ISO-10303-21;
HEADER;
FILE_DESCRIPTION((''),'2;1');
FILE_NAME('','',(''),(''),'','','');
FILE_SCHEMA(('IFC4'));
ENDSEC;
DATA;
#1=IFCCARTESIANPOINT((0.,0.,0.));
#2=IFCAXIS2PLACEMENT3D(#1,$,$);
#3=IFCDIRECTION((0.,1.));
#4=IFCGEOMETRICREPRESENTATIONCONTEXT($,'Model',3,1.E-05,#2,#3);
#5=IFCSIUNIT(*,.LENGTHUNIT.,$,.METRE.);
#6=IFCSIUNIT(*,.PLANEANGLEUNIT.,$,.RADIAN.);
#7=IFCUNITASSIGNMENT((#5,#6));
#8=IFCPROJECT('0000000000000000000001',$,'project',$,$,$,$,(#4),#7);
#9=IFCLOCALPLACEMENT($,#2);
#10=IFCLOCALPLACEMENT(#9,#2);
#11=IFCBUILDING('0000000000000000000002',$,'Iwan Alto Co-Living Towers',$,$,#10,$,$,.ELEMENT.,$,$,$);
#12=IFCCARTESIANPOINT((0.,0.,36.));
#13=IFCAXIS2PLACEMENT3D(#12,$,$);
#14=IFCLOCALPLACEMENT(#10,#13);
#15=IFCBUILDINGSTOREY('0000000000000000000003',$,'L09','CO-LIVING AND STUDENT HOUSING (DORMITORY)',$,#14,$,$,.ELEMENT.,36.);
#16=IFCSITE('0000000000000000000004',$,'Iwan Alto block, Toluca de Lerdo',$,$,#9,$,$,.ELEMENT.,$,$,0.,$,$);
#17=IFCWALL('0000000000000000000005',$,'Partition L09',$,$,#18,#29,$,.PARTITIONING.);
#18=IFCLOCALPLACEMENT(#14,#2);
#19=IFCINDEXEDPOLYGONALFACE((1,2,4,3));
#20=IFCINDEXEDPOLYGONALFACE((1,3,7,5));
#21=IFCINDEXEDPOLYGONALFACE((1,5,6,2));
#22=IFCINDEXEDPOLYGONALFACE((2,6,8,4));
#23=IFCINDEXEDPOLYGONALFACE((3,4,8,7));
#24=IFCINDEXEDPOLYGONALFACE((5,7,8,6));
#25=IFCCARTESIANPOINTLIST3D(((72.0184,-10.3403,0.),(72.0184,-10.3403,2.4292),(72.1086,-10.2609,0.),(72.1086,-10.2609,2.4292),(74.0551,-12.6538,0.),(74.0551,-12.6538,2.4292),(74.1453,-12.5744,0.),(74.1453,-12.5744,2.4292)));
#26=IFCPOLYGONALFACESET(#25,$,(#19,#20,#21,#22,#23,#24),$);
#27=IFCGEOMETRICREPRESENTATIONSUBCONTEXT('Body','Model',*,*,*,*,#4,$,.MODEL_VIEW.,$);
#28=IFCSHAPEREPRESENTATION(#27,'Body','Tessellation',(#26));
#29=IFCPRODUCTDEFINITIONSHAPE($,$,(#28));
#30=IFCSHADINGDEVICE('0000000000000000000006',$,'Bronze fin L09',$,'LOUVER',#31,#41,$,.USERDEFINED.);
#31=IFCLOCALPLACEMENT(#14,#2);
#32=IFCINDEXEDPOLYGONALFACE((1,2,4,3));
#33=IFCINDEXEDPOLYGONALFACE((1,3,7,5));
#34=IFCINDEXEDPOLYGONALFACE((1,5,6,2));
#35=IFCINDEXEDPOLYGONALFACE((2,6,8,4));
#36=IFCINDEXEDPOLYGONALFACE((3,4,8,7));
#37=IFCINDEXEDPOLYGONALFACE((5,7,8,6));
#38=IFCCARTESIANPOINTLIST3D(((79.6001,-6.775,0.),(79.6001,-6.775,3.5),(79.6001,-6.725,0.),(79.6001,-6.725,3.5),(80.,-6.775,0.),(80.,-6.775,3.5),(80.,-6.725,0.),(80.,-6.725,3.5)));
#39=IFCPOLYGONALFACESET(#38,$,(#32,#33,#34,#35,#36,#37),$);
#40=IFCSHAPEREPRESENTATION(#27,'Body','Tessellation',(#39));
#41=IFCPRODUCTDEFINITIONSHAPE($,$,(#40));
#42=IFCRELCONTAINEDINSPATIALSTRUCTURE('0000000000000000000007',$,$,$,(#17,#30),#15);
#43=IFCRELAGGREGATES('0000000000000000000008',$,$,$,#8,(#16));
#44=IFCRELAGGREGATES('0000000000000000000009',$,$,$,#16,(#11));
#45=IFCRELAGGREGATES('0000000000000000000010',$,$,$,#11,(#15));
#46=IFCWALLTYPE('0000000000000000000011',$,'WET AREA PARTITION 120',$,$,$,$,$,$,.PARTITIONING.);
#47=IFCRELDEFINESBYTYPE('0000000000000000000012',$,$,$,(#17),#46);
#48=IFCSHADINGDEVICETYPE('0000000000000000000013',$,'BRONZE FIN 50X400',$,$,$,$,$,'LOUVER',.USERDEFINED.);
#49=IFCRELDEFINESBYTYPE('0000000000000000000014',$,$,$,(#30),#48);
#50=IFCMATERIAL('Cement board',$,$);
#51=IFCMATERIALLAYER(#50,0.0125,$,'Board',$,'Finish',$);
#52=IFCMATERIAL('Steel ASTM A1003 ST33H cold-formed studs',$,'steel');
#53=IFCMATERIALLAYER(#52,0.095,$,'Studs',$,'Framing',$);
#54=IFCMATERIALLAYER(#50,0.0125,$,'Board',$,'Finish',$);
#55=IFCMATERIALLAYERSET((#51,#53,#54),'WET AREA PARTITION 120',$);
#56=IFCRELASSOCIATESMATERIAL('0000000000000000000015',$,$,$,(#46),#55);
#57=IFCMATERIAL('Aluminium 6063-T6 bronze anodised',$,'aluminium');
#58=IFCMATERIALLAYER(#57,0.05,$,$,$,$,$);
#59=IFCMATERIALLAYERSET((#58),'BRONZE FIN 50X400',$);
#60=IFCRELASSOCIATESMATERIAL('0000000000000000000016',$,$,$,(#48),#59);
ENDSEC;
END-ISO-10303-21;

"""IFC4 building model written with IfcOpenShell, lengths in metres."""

from ifc_helpers import new_model, si_unit, direction, frame, frame_2d, origin, origin_2d, place, context, subcontext, project, spatial, rectangle, extrude, material, layer, layer_set, type_object, element, save


model = new_model("IFC4")

# Units and contexts
model_context = context("Model", 3, precision=1e-05, world=origin(), true_north=direction((0.0, 1.0)))
body_context = subcontext(model_context, "Body", "Model", "MODEL_VIEW")
ifc_project = project(units=[si_unit("LENGTHUNIT", "METRE"), si_unit("PLANEANGLEUNIT", "RADIAN")], contexts=[model_context])

# Site, building, storey
site_placement = place(None, origin())
site = spatial("IfcSite", under=ifc_project, at=site_placement, Name="Iwan Alto block, Toluca de Lerdo", CompositionType="ELEMENT", RefElevation=0.0)
building_placement = place(site_placement, origin())
building = spatial("IfcBuilding", under=site, at=building_placement, Name="Iwan Alto Co-Living Towers", CompositionType="ELEMENT")
storey_placement = place(building_placement, frame((0.0, 0.0, 36.0)))
storey = spatial("IfcBuildingStorey", under=building, at=storey_placement, Name="L09", Description="CO-LIVING AND STUDENT HOUSING (DORMITORY)", CompositionType="ELEMENT", Elevation=36.0)

# Shared definitions
ifc_material_1 = material(Name="Steel ASTM A1003 ST33H cold-formed studs", Category="steel")
ifc_material_2 = material(Name="Cement board")
ifc_layer_1 = layer(ifc_material_2, 0.0125, Name="Board", Category="Finish")
ifc_layer_2 = layer(ifc_material_1, 0.095, Name="Studs", Category="Framing")
ifc_layer_3 = layer(ifc_material_2, 0.0125, Name="Board", Category="Finish")
ifc_layer_set_1 = layer_set([ifc_layer_1, ifc_layer_2, ifc_layer_3], Name="WET AREA PARTITION 120")
wall_type_1 = type_object("IfcWallType", Name="WET AREA PARTITION 120", PredefinedType="PARTITIONING", material=ifc_layer_set_1)

# Wall
wall_1_placement = place(storey_placement, frame((74.1001, -12.614, 0.0), z_axis=(0.0, 0.0, 1.0), x_axis=(-0.660767, 0.750591, 0.0)))
element("IfcWall", 1, at=wall_1_placement, inside=storey, type_object=wall_type_1, Name="Partition L09", PredefinedType="PARTITIONING", context=body_context, shape_type="SweptSolid", body=[
    extrude(rectangle(XDim=3.0823, YDim=0.1201, at=frame_2d((1.541, 0.0))), origin(), (0.0, 0.0, 1.0), 2.4292),
])

# Shading device
ifc_material_3 = material(Name="Aluminium 6063-T6 bronze anodised", Category="aluminium")
ifc_layer_4 = layer(ifc_material_3, 0.05)
ifc_layer_set_2 = layer_set([ifc_layer_4], Name="BRONZE FIN 50X400")
shading_device_type = type_object("IfcShadingDeviceType", Name="BRONZE FIN 50X400", ElementType="LOUVER", PredefinedType="USERDEFINED", material=ifc_layer_set_2)
shading_device_placement = place(storey_placement, frame((79.8, -6.75, 0.0), z_axis=(0.0, 0.0, 1.0), x_axis=(0.0, 1.0, 0.0)))
element("IfcShadingDevice", 2, at=shading_device_placement, inside=storey, type_object=shading_device_type, Name="Bronze fin L09", ObjectType="LOUVER", PredefinedType="USERDEFINED", context=body_context, shape_type="SweptSolid", body=[
    extrude(rectangle(XDim=0.05, YDim=0.3999, at=origin_2d()), origin(), (0.0, 0.0, 1.0), 3.5),
])

save(model, "model.ifc")
